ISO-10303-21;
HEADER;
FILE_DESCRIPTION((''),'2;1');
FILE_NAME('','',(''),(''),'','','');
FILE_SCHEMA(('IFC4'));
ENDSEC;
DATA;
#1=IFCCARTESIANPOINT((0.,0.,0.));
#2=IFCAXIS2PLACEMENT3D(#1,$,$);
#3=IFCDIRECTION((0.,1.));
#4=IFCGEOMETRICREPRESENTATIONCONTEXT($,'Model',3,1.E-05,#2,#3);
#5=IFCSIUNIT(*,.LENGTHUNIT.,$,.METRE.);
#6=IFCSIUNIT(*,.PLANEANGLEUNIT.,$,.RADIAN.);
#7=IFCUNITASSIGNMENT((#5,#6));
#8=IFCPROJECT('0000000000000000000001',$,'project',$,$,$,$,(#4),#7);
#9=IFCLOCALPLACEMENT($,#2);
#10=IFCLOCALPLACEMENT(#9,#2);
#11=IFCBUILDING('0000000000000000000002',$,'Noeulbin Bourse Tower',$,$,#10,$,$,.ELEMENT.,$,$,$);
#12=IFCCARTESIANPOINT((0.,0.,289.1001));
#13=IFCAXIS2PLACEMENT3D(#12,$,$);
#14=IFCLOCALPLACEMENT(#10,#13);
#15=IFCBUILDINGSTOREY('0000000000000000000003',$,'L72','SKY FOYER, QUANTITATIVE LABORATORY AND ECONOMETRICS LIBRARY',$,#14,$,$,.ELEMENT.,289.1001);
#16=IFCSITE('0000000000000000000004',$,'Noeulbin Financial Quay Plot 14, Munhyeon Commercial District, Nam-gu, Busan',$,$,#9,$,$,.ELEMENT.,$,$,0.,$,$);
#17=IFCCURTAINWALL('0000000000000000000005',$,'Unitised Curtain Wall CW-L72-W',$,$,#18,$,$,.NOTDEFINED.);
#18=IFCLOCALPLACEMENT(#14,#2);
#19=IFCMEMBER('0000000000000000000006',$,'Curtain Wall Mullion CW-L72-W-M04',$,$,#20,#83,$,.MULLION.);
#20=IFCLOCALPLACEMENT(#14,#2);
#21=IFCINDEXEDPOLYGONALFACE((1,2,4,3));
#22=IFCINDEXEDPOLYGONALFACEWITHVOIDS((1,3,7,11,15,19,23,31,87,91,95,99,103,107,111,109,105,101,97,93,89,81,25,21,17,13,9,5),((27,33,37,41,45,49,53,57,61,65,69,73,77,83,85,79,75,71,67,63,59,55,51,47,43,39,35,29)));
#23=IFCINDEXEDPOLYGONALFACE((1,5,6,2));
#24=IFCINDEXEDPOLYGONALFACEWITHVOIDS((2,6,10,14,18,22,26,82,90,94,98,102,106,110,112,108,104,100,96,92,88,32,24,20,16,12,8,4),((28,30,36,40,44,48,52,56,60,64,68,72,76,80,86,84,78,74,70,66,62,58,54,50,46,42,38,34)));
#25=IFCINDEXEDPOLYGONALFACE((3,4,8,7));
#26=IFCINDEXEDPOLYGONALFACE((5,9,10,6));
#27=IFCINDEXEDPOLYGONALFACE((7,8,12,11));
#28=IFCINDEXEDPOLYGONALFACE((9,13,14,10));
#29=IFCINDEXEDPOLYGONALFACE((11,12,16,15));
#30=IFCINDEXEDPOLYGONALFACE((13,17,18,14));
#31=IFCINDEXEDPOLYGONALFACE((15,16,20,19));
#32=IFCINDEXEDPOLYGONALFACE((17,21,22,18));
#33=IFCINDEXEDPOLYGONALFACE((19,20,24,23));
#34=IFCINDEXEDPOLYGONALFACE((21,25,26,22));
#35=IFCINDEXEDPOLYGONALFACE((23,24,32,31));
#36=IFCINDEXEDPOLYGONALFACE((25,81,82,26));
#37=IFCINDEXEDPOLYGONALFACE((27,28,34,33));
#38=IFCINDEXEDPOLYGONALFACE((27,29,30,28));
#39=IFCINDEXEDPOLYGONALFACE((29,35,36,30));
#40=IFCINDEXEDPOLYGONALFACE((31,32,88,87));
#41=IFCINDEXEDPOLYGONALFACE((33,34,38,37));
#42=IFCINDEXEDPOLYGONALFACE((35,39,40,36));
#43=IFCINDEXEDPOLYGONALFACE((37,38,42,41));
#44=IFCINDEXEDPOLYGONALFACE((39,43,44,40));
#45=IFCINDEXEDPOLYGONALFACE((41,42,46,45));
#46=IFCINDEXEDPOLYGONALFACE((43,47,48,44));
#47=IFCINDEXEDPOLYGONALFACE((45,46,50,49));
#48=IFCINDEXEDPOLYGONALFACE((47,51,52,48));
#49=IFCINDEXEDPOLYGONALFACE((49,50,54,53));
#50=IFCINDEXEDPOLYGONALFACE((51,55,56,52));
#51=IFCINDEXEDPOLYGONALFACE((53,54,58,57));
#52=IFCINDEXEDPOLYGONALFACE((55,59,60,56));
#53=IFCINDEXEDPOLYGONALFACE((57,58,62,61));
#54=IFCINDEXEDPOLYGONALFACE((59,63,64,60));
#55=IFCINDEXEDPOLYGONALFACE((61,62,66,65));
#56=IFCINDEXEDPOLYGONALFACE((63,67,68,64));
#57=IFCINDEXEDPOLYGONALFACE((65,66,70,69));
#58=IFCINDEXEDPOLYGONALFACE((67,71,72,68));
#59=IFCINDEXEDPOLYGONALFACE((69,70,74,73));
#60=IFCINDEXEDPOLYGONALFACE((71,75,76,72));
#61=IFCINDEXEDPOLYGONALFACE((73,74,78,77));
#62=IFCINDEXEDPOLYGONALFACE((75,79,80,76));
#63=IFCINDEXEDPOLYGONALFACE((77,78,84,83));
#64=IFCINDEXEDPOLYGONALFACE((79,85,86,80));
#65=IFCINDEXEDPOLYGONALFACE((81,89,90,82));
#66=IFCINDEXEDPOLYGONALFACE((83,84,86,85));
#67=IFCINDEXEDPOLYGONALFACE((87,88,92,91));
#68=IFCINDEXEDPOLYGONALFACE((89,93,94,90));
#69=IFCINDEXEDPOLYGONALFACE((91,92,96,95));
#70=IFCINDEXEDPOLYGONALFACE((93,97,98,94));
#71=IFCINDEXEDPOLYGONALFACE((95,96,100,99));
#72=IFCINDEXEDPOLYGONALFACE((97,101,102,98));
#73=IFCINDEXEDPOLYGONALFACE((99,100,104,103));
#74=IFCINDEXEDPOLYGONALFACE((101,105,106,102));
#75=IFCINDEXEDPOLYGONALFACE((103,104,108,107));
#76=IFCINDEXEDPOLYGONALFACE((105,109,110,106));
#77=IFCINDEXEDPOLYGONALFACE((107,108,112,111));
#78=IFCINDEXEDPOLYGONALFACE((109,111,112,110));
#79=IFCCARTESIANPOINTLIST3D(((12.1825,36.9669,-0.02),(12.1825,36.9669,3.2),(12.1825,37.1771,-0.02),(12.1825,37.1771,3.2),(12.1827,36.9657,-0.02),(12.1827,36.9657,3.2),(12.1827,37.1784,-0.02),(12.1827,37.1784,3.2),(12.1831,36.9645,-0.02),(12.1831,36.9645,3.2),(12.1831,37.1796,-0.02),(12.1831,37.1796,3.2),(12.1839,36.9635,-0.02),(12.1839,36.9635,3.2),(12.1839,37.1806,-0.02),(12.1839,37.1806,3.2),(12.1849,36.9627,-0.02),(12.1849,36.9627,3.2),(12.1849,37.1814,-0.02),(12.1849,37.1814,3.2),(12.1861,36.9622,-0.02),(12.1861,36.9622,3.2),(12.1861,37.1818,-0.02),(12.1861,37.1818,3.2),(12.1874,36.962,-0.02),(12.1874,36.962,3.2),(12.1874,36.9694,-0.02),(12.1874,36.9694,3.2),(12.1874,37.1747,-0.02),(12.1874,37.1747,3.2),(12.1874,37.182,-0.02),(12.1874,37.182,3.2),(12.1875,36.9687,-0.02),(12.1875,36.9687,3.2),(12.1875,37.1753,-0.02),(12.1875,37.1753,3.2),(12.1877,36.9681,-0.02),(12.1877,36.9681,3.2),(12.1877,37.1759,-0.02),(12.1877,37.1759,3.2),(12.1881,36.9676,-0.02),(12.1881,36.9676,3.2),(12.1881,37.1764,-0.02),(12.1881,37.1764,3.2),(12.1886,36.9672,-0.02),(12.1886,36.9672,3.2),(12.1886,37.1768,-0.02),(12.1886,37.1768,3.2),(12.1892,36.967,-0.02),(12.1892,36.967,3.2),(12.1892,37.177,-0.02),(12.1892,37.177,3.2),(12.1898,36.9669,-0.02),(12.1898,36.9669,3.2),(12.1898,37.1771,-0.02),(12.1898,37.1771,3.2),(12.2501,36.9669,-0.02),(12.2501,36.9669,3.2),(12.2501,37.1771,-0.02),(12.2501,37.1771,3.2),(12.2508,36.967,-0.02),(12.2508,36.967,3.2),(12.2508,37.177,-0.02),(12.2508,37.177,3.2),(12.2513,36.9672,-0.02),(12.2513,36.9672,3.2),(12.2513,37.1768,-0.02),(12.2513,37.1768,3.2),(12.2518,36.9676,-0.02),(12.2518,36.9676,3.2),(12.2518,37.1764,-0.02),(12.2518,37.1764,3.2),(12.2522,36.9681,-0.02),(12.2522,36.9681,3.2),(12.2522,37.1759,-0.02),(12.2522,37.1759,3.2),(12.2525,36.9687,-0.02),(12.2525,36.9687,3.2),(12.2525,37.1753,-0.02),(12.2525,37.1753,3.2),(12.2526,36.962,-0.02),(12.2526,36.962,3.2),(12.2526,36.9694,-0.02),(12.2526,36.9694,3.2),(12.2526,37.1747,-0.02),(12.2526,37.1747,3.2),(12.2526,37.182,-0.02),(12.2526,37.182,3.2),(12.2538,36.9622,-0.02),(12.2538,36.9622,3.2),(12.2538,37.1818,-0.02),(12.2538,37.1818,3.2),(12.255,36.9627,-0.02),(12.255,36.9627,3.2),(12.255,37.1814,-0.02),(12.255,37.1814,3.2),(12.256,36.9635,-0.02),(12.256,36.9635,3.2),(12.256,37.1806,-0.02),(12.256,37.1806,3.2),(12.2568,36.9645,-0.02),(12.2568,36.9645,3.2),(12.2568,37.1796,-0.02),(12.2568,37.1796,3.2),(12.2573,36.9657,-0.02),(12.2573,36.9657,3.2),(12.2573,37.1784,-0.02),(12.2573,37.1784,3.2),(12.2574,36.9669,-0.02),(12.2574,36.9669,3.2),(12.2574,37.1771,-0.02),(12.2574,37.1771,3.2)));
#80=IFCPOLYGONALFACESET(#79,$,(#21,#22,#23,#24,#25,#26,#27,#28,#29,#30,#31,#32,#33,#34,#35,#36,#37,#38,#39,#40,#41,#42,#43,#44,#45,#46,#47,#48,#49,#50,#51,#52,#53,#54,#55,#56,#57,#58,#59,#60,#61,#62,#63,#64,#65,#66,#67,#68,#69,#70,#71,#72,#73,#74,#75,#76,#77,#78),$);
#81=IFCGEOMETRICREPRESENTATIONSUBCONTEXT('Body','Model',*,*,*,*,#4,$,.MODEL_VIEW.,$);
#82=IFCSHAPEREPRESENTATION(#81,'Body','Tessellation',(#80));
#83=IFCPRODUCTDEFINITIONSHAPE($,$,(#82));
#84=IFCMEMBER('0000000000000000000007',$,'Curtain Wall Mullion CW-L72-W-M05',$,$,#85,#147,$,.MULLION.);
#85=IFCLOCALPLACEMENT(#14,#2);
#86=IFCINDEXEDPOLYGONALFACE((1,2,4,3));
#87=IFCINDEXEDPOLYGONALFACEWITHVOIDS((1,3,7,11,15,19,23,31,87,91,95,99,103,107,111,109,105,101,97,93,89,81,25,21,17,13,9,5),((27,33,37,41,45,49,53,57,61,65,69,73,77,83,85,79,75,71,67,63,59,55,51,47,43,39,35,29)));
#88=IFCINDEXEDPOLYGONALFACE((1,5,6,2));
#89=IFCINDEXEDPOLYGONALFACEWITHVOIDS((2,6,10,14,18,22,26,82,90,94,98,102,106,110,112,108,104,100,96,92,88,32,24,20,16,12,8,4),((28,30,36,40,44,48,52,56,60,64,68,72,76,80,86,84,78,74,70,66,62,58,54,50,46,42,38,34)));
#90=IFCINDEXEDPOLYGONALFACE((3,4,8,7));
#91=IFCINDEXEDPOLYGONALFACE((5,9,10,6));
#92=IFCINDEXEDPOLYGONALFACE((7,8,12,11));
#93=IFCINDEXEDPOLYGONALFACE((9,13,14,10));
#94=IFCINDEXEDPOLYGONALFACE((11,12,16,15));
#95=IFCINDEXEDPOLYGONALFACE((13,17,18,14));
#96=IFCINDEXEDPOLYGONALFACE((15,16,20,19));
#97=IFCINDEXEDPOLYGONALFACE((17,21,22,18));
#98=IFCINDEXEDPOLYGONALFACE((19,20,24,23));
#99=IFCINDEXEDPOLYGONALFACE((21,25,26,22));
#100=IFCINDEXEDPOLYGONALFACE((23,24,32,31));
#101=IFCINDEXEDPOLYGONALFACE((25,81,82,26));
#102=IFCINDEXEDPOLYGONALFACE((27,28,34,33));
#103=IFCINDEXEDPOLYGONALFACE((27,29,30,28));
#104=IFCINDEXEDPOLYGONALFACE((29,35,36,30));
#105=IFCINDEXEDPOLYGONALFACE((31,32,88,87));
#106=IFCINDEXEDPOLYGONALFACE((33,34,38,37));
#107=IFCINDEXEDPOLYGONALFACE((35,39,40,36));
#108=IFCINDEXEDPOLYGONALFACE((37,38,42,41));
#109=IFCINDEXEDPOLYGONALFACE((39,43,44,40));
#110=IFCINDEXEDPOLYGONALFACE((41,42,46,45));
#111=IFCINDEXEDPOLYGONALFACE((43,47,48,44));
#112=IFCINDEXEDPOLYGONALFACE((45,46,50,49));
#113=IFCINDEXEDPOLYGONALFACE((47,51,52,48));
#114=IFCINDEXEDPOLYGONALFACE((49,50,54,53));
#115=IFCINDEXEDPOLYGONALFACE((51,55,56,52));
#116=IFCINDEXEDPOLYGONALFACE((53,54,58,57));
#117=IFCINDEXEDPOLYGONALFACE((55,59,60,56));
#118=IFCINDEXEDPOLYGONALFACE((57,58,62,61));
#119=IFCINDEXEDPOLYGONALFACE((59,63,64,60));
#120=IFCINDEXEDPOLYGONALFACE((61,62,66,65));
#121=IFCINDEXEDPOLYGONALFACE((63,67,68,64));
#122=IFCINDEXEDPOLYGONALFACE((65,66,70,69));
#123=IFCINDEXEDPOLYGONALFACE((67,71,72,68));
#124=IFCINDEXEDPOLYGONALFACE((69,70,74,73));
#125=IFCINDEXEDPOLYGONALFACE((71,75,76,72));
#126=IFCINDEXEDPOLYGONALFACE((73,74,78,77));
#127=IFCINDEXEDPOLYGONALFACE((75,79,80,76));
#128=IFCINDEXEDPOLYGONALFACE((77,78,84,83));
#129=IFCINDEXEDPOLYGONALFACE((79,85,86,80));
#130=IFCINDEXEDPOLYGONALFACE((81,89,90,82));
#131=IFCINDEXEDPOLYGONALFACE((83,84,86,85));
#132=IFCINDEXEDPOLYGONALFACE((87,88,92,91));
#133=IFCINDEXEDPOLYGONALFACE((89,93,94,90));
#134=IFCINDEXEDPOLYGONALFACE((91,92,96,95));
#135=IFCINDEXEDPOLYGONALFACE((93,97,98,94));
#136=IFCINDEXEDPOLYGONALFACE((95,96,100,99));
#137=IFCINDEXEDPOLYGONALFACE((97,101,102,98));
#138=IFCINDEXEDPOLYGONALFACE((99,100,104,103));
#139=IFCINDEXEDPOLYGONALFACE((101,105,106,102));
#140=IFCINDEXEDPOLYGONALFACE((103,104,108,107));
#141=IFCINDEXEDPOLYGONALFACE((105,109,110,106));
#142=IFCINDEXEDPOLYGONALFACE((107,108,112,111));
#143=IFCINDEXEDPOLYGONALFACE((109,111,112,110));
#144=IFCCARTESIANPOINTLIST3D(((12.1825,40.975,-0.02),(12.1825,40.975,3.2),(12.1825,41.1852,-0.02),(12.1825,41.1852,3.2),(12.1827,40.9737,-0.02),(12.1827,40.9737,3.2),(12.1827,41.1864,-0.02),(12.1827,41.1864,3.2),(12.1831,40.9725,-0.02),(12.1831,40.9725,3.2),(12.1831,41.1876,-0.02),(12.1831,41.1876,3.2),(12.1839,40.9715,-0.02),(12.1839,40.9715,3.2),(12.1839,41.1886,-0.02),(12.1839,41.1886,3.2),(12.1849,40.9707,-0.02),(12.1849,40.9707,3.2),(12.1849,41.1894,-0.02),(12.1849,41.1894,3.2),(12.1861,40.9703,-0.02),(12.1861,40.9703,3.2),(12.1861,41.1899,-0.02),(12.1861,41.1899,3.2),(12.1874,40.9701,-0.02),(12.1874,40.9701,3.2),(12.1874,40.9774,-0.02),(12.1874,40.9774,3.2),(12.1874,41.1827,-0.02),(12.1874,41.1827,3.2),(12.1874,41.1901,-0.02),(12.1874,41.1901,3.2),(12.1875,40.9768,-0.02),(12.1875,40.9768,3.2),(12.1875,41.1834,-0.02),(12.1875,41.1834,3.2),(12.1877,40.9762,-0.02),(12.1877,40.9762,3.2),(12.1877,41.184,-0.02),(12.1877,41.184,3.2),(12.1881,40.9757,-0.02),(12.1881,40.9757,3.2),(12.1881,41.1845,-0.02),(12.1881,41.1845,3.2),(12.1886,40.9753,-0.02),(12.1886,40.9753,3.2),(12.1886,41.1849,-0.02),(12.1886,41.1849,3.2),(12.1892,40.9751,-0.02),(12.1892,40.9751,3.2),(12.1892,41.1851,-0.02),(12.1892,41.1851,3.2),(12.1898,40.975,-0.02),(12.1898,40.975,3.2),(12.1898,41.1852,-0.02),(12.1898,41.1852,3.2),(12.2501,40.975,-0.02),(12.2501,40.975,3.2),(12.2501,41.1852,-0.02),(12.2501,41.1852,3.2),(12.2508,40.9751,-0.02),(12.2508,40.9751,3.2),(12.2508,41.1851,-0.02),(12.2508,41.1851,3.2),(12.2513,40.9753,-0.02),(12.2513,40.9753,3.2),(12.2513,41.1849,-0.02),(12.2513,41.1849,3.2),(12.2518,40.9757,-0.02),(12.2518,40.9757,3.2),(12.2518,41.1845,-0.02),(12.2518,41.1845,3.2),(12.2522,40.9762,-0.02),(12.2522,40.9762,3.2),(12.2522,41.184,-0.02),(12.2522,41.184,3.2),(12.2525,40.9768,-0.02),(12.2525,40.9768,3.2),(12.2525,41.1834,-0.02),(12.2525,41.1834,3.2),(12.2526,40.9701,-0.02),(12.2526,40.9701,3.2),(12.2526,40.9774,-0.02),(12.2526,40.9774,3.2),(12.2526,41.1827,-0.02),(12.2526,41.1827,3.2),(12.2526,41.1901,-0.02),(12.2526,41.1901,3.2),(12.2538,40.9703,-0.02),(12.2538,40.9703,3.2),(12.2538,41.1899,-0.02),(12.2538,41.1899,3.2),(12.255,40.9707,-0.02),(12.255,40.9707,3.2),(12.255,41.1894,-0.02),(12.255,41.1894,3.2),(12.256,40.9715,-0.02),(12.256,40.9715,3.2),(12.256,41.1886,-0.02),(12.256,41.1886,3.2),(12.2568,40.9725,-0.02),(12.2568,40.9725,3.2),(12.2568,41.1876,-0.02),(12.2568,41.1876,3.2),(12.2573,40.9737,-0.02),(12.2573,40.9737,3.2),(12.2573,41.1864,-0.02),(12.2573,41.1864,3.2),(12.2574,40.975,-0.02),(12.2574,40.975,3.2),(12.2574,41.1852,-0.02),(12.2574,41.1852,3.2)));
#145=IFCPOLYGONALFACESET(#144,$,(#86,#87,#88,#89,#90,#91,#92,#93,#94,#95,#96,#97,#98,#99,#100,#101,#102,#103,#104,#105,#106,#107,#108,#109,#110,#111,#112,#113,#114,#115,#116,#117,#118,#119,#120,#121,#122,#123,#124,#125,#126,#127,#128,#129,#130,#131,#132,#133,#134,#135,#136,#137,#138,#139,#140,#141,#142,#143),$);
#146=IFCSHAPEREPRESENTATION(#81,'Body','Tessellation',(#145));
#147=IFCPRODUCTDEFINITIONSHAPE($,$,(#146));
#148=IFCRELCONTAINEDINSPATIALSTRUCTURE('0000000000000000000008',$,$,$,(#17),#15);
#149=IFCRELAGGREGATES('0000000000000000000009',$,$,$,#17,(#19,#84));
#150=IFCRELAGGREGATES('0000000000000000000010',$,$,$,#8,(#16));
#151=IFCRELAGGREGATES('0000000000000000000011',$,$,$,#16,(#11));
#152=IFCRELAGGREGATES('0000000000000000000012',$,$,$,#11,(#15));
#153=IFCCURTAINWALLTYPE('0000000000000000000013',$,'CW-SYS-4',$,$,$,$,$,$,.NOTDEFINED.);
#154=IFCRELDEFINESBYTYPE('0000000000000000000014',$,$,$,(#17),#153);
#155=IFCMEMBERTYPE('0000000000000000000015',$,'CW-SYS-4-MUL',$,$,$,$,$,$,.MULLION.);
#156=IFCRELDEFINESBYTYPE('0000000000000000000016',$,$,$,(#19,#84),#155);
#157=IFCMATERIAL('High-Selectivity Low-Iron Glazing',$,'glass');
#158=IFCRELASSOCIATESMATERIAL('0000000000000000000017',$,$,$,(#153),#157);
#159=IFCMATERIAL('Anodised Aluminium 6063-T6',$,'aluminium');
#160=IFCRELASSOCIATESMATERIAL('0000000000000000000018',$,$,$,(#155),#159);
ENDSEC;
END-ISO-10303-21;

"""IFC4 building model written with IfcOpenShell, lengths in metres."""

from ifc_helpers import new_model, si_unit, direction, frame, origin, origin_2d, place, context, subcontext, project, spatial, hollow_rectangle, extrude, material, material_profile, profile_set, type_object, element, aggregate, save


model = new_model("IFC4")

# Units and contexts
model_context = context("Model", 3, precision=1e-05, world=origin(), true_north=direction((0.0, 1.0)))
body_context = subcontext(model_context, "Body", "Model", "MODEL_VIEW")
ifc_project = project(units=[si_unit("LENGTHUNIT", "METRE"), si_unit("PLANEANGLEUNIT", "RADIAN")], contexts=[model_context])

# Site, building, storey
site_placement = place(None, origin())
site = spatial("IfcSite", under=ifc_project, at=site_placement, Name="Noeulbin Financial Quay Plot 14, Munhyeon Commercial District, Nam-gu, Busan", CompositionType="ELEMENT", RefElevation=0.0)
building_placement = place(site_placement, origin())
building = spatial("IfcBuilding", under=site, at=building_placement, Name="Noeulbin Bourse Tower", CompositionType="ELEMENT")
storey_placement = place(building_placement, frame((0.0, 0.0, 289.1001)))
storey = spatial("IfcBuildingStorey", under=building, at=storey_placement, Name="L72", Description="SKY FOYER, QUANTITATIVE LABORATORY AND ECONOMETRICS LIBRARY", CompositionType="ELEMENT", Elevation=289.1001)

# Shared definitions
ifc_material_1 = material(Name="High-Selectivity Low-Iron Glazing", Category="glass")
curtain_wall_type = type_object("IfcCurtainWallType", Name="CW-SYS-4", PredefinedType="NOTDEFINED", material=ifc_material_1)
ifc_material_2 = material(Name="Anodised Aluminium 6063-T6", Category="aluminium")
ifc_material_profile_1 = material_profile(ifc_material_2, hollow_rectangle(XDim=0.075, YDim=0.22, WallThickness=0.0049, InnerFilletRadius=0.0024, OuterFilletRadius=0.0049, at=origin_2d()), Name="ALU-MULL-75x220x5", Category="LoadBearing")
ifc_profile_set_1 = profile_set([ifc_material_profile_1], Name="Anodised Aluminium 6063-T6")
member_type_1 = type_object("IfcMemberType", Name="CW-SYS-4-MUL", PredefinedType="MULLION", material=ifc_profile_set_1)

# Curtain wall, members
curtain_wall_1_placement = place(storey_placement, origin())
curtain_wall_1 = element("IfcCurtainWall", 1, at=curtain_wall_1_placement, inside=storey, type_object=curtain_wall_type, Name="Unitised Curtain Wall CW-L72-W", PredefinedType="NOTDEFINED")
member_1_placement = place(storey_placement, frame((12.22, 37.072, -0.02), z_axis=(0.0, 0.0, 1.0), x_axis=(1.0, 0.0, 0.0)))
member_1 = element("IfcMember", 2, at=member_1_placement, type_object=member_type_1, Name="Curtain Wall Mullion CW-L72-W-M04", PredefinedType="MULLION", context=body_context, shape_type="SweptSolid", body=[
    extrude(hollow_rectangle(XDim=0.075, YDim=0.22, WallThickness=0.0049, InnerFilletRadius=0.0024, OuterFilletRadius=0.0049, at=origin_2d()), origin(), (0.0, 0.0, 1.0), 3.22),
])
member_2_placement = place(storey_placement, frame((12.22, 41.0801, -0.02), z_axis=(0.0, 0.0, 1.0), x_axis=(1.0, 0.0, 0.0)))
member_2 = element("IfcMember", 3, at=member_2_placement, type_object=member_type_1, Name="Curtain Wall Mullion CW-L72-W-M05", PredefinedType="MULLION", context=body_context, shape_type="SweptSolid", body=[
    extrude(hollow_rectangle(XDim=0.075, YDim=0.22, WallThickness=0.0049, InnerFilletRadius=0.0024, OuterFilletRadius=0.0049, at=origin_2d()), origin(), (0.0, 0.0, 1.0), 3.22),
])

aggregate(curtain_wall_1, [member_1, member_2])

save(model, "model.ifc")
